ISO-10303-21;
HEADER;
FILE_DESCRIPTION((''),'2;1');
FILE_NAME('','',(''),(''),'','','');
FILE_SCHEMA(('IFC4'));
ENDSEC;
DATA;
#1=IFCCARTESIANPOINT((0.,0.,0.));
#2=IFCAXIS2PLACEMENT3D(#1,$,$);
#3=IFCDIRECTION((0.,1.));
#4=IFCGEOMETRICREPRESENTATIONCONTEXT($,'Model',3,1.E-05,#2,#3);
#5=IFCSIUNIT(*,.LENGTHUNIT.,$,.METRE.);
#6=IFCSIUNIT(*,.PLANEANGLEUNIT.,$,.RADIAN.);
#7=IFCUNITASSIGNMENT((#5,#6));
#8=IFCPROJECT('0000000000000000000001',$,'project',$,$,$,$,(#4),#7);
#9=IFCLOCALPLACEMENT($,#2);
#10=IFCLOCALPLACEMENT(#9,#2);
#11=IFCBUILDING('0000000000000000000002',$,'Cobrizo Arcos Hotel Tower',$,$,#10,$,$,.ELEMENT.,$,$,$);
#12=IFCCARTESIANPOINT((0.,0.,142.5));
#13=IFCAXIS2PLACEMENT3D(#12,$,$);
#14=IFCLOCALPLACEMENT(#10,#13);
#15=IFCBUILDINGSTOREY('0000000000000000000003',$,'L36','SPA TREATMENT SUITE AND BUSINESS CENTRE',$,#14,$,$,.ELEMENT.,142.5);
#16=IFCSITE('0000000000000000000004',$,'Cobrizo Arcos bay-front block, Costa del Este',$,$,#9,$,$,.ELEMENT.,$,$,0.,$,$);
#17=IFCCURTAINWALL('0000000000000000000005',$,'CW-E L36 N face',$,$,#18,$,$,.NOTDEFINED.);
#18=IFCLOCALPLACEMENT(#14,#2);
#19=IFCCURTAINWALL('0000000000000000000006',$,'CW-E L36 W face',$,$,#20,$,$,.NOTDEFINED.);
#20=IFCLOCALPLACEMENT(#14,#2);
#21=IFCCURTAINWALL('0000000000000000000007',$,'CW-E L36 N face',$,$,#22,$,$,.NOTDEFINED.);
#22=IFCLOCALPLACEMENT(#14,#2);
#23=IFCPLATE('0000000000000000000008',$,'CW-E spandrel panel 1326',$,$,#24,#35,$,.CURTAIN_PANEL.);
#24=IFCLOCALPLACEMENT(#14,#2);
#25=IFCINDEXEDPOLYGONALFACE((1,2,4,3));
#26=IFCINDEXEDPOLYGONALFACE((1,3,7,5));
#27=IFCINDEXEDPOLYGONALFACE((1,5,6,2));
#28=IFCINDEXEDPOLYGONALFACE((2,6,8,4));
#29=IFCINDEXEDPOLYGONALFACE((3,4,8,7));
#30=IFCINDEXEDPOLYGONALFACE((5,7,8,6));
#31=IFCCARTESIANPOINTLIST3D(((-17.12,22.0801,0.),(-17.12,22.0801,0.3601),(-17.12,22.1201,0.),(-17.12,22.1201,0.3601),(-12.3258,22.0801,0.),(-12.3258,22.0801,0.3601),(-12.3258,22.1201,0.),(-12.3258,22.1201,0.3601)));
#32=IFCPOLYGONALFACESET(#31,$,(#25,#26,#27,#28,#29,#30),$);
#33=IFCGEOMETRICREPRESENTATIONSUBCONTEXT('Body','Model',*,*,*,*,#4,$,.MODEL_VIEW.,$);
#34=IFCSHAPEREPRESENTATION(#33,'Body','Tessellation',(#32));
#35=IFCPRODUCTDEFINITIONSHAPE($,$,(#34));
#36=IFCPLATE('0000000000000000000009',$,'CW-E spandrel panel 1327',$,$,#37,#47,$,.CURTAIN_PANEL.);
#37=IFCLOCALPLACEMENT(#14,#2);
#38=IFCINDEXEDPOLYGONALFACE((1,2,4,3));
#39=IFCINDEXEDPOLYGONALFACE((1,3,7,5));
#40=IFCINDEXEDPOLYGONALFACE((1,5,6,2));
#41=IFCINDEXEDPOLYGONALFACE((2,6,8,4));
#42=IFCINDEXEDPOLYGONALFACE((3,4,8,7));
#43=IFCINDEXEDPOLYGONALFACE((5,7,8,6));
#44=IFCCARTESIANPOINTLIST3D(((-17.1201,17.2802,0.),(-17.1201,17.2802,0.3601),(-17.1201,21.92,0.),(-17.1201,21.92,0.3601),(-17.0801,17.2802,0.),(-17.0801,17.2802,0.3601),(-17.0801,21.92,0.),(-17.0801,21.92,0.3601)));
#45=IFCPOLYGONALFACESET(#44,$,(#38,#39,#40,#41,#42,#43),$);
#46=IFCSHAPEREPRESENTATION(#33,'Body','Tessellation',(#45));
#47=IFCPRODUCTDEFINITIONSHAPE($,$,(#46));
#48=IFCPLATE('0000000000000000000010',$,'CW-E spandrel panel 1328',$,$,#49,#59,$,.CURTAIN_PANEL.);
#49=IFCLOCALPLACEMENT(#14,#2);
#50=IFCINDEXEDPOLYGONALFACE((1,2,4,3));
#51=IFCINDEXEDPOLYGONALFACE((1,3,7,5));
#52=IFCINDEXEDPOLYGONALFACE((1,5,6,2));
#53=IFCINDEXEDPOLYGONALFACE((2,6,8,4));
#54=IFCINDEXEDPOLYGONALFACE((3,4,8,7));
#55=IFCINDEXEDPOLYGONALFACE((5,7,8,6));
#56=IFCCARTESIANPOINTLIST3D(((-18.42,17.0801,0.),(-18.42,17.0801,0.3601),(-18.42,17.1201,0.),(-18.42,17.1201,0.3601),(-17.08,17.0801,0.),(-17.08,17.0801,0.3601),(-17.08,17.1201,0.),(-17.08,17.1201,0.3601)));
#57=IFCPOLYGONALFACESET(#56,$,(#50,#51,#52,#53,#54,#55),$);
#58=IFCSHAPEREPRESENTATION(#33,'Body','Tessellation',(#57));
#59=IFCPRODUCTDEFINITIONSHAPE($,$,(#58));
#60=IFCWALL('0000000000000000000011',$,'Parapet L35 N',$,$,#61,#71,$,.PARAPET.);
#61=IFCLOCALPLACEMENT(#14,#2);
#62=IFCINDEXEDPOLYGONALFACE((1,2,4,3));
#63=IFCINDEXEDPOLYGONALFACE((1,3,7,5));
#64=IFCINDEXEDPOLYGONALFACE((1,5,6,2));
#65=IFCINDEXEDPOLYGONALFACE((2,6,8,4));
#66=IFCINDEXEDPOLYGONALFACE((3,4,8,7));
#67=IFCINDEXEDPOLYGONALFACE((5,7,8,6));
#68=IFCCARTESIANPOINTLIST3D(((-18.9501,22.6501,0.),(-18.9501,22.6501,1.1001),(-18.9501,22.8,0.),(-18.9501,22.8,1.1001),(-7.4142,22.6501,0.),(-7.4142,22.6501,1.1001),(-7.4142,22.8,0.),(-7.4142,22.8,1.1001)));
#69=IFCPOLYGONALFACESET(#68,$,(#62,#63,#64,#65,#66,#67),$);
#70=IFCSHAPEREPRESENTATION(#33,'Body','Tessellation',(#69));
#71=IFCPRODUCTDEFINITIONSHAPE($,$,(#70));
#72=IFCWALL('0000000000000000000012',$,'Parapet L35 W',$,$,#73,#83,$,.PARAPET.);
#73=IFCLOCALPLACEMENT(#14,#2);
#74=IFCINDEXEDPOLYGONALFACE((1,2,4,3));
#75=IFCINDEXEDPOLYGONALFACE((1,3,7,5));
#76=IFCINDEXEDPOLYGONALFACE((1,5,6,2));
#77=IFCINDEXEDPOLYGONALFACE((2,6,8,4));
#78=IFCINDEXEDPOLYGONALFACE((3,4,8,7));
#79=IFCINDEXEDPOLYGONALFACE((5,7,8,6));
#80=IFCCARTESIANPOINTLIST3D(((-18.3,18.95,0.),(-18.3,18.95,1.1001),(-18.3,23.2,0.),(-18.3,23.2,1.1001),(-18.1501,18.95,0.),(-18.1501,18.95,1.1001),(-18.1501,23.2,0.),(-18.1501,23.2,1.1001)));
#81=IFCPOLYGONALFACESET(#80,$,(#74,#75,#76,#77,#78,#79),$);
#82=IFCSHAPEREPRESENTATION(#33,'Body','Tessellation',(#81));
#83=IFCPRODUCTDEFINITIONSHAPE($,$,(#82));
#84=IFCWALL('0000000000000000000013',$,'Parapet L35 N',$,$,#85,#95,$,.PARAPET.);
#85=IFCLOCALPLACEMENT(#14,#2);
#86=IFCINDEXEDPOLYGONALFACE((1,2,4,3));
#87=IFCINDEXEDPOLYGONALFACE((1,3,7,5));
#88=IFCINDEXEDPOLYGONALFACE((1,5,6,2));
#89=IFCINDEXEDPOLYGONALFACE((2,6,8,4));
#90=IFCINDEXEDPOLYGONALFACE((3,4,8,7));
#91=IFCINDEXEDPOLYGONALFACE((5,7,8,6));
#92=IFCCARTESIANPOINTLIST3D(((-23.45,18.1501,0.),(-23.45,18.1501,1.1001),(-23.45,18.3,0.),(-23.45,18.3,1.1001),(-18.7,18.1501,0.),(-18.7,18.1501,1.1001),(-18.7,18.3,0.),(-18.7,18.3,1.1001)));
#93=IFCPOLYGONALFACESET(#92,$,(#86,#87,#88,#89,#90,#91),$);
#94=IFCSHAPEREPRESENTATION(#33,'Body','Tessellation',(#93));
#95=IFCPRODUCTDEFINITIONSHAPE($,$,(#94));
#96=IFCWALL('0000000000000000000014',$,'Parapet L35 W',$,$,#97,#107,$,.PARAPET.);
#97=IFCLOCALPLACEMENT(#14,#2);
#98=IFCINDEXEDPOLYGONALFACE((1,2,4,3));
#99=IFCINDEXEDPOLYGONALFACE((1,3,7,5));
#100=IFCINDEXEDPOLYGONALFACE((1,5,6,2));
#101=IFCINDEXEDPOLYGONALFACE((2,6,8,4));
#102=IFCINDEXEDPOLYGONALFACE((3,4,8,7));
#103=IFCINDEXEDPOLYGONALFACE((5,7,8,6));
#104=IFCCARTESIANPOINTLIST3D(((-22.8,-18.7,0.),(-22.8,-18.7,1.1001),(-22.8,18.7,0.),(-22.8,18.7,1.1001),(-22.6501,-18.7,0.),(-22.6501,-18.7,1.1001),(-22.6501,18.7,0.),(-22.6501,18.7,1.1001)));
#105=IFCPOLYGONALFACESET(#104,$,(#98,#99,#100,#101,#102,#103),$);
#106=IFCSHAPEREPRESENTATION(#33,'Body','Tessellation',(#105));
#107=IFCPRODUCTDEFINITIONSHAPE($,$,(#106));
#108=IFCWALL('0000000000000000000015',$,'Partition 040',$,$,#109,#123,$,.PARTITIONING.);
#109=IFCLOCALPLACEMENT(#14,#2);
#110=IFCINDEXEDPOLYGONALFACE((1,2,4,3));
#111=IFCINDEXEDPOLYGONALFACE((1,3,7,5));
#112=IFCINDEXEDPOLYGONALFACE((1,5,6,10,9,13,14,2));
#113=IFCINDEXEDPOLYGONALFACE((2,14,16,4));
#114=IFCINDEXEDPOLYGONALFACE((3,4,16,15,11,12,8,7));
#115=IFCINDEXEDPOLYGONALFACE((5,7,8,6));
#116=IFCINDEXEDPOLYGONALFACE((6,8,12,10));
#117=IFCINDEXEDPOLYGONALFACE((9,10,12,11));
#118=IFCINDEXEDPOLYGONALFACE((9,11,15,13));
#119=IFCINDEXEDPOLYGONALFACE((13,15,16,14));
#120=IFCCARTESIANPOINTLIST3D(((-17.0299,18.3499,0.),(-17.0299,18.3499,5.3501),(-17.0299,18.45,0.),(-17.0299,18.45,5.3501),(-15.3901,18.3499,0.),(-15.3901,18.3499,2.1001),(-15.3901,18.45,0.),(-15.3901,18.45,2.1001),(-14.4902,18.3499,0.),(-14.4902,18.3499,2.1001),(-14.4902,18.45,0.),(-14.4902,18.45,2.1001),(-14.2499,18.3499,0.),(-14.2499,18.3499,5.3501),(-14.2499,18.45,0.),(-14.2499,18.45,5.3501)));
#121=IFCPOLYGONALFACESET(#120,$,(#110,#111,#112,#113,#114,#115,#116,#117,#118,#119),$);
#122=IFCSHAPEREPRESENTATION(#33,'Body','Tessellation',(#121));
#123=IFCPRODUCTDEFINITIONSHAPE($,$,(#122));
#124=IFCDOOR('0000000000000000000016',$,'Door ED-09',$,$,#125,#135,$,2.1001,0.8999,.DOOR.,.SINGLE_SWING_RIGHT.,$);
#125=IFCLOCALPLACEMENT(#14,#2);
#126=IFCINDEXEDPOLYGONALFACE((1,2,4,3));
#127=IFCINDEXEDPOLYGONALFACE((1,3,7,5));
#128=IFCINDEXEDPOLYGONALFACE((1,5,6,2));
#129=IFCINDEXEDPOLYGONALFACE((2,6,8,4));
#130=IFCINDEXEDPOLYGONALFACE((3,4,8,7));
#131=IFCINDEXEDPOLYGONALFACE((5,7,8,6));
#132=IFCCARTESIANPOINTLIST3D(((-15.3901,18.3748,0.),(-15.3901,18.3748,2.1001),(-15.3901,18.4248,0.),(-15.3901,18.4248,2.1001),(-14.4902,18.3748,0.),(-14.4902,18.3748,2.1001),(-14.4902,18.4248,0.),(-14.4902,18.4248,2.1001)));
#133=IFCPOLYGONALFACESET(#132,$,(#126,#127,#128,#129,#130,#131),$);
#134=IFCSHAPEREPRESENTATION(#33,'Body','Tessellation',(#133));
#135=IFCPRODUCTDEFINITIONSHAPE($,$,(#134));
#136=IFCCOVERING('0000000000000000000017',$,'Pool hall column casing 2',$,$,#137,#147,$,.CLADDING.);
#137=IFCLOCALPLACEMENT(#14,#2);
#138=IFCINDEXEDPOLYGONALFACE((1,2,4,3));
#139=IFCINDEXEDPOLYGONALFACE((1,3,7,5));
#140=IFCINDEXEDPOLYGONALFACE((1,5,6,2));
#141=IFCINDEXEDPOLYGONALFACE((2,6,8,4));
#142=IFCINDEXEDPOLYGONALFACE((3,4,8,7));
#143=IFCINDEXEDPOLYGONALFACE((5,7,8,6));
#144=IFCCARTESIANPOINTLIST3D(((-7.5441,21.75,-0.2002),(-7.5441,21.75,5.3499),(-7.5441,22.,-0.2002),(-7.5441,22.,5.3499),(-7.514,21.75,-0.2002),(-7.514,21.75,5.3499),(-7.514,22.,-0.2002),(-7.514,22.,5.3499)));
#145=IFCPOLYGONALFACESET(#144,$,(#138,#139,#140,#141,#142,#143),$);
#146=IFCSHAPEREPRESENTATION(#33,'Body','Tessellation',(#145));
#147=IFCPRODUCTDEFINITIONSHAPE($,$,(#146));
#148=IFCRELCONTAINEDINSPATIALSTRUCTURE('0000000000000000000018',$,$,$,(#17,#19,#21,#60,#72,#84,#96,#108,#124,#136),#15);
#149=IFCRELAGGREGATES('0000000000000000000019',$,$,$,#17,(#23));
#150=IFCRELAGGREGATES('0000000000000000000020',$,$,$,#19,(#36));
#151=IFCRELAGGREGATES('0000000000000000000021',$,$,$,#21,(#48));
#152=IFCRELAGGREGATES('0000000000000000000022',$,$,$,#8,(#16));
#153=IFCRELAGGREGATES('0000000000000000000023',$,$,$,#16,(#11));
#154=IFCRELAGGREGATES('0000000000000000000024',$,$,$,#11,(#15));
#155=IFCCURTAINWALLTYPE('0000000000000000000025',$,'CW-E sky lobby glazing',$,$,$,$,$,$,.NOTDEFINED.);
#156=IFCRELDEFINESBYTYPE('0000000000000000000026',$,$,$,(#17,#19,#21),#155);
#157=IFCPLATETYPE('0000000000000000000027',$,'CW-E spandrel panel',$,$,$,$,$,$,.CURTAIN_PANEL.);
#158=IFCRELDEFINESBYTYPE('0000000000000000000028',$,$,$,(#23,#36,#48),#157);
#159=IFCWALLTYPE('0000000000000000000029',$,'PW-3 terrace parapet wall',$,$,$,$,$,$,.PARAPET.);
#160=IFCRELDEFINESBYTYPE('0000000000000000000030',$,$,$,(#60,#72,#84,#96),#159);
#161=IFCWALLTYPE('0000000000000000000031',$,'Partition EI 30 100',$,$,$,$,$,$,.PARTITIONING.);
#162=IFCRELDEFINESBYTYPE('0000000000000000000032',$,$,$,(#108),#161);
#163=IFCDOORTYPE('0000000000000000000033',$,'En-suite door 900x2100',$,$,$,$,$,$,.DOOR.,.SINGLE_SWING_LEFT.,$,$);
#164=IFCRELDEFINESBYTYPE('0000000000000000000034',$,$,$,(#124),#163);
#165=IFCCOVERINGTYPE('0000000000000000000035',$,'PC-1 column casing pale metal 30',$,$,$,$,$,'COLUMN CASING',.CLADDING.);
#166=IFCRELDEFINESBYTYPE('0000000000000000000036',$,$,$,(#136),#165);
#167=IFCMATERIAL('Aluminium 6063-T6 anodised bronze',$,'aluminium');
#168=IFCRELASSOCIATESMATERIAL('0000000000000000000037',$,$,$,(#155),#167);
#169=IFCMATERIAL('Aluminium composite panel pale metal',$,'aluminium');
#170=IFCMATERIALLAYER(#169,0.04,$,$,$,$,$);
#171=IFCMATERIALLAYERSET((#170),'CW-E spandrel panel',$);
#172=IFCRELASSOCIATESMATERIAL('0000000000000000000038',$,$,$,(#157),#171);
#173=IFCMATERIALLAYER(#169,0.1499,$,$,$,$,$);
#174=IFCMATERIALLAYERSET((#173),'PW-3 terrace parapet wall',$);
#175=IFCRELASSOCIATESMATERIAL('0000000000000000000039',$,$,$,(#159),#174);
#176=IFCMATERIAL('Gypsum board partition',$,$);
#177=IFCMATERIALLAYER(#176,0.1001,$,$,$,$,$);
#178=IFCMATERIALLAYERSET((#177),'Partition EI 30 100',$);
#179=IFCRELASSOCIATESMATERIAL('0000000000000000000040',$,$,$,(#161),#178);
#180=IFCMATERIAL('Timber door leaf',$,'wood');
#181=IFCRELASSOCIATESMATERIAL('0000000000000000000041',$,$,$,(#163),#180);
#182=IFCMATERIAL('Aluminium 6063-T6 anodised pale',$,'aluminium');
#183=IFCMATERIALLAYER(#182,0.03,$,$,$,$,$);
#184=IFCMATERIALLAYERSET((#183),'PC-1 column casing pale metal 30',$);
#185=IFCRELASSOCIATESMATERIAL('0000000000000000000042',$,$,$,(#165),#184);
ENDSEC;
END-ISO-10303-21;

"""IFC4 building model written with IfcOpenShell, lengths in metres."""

from ifc_helpers import new_model, si_unit, direction, frame, frame_2d, origin, origin_2d, place, context, subcontext, project, spatial, rectangle, extrude, material, layer, layer_set, type_object, element, fill, aggregate, save


model = new_model("IFC4")

# Units and contexts
model_context = context("Model", 3, precision=1e-05, world=origin(), true_north=direction((0.0, 1.0)))
body_context = subcontext(model_context, "Body", "Model", "MODEL_VIEW")
ifc_project = project(units=[si_unit("LENGTHUNIT", "METRE"), si_unit("PLANEANGLEUNIT", "RADIAN")], contexts=[model_context])

# Site, building, storey
site_placement = place(None, origin())
site = spatial("IfcSite", under=ifc_project, at=site_placement, Name="Cobrizo Arcos bay-front block, Costa del Este", CompositionType="ELEMENT", RefElevation=0.0)
building_placement = place(site_placement, origin())
building = spatial("IfcBuilding", under=site, at=building_placement, Name="Cobrizo Arcos Hotel Tower", CompositionType="ELEMENT")
storey_placement = place(building_placement, frame((0.0, 0.0, 142.5)))
storey = spatial("IfcBuildingStorey", under=building, at=storey_placement, Name="L36", Description="SPA TREATMENT SUITE AND BUSINESS CENTRE", CompositionType="ELEMENT", Elevation=142.5)

# Curtain walls
ifc_material_1 = material(Name="Aluminium 6063-T6 anodised bronze", Category="aluminium")
curtain_wall_type = type_object("IfcCurtainWallType", Name="CW-E sky lobby glazing", PredefinedType="NOTDEFINED", material=ifc_material_1)
curtain_wall_1_placement = place(storey_placement, origin())
curtain_wall_1 = element("IfcCurtainWall", 1, at=curtain_wall_1_placement, inside=storey, type_object=curtain_wall_type, Name="CW-E L36 N face", PredefinedType="NOTDEFINED")
curtain_wall_2_placement = place(storey_placement, origin())
curtain_wall_2 = element("IfcCurtainWall", 2, at=curtain_wall_2_placement, inside=storey, type_object=curtain_wall_type, Name="CW-E L36 W face", PredefinedType="NOTDEFINED")
curtain_wall_3_placement = place(storey_placement, origin())
curtain_wall_3 = element("IfcCurtainWall", 3, at=curtain_wall_3_placement, inside=storey, type_object=curtain_wall_type, Name="CW-E L36 N face", PredefinedType="NOTDEFINED")

# Plates
ifc_material_2 = material(Name="Aluminium composite panel pale metal", Category="aluminium")
ifc_layer_1 = layer(ifc_material_2, 0.04)
ifc_layer_set_1 = layer_set([ifc_layer_1], Name="CW-E spandrel panel")
plate_type_1 = type_object("IfcPlateType", Name="CW-E spandrel panel", PredefinedType="CURTAIN_PANEL", material=ifc_layer_set_1)
plate_1_placement = place(storey_placement, frame((-14.7229, 22.1001, 0.0), z_axis=(0.0, 0.0, 1.0), x_axis=(-1.0, 0.0, 0.0)))
plate_1 = element("IfcPlate", 4, at=plate_1_placement, type_object=plate_type_1, Name="CW-E spandrel panel 1326", PredefinedType="CURTAIN_PANEL", context=body_context, shape_type="SweptSolid", body=[
    extrude(rectangle(XDim=4.7942, YDim=0.04, at=origin_2d()), origin(), (0.0, 0.0, 1.0), 0.3601),
])
aggregate(curtain_wall_1, [plate_1])
plate_2_placement = place(storey_placement, frame((-17.1001, 19.6001, 0.0), z_axis=(0.0, 0.0, 1.0), x_axis=(0.0, -1.0, 0.0)))
plate_2 = element("IfcPlate", 5, at=plate_2_placement, type_object=plate_type_1, Name="CW-E spandrel panel 1327", PredefinedType="CURTAIN_PANEL", context=body_context, shape_type="SweptSolid", body=[
    extrude(rectangle(XDim=4.6399, YDim=0.04, at=origin_2d()), origin(), (0.0, 0.0, 1.0), 0.3601),
])
aggregate(curtain_wall_2, [plate_2])
plate_3_placement = place(storey_placement, frame((-17.75, 17.1001, 0.0), z_axis=(0.0, 0.0, 1.0), x_axis=(-1.0, 0.0, 0.0)))
plate_3 = element("IfcPlate", 6, at=plate_3_placement, type_object=plate_type_1, Name="CW-E spandrel panel 1328", PredefinedType="CURTAIN_PANEL", context=body_context, shape_type="SweptSolid", body=[
    extrude(rectangle(XDim=1.3401, YDim=0.04, at=origin_2d()), origin(), (0.0, 0.0, 1.0), 0.3601),
])
aggregate(curtain_wall_3, [plate_3])

# Walls
ifc_layer_2 = layer(ifc_material_2, 0.1499)
ifc_layer_set_2 = layer_set([ifc_layer_2], Name="PW-3 terrace parapet wall")
wall_type_1 = type_object("IfcWallType", Name="PW-3 terrace parapet wall", PredefinedType="PARAPET", material=ifc_layer_set_2)
wall_1_placement = place(storey_placement, frame((-7.4141, 22.7251, 0.0), z_axis=(0.0, 0.0, 1.0), x_axis=(-1.0, 0.0, 0.0)))
element("IfcWall", 7, at=wall_1_placement, inside=storey, type_object=wall_type_1, Name="Parapet L35 N", PredefinedType="PARAPET", context=body_context, shape_type="SweptSolid", body=[
    extrude(rectangle(XDim=11.5359, YDim=0.1499, at=frame_2d((5.7681, 0.0))), origin(), (0.0, 0.0, 1.0), 1.1001),
])
wall_2_placement = place(storey_placement, frame((-18.2251, 23.2, 0.0), z_axis=(0.0, 0.0, 1.0), x_axis=(0.0, -1.0, 0.0)))
element("IfcWall", 8, at=wall_2_placement, inside=storey, type_object=wall_type_1, Name="Parapet L35 W", PredefinedType="PARAPET", context=body_context, shape_type="SweptSolid", body=[
    extrude(rectangle(XDim=4.25, YDim=0.1499, at=frame_2d((2.125, 0.0))), origin(), (0.0, 0.0, 1.0), 1.1001),
])
wall_3_placement = place(storey_placement, frame((-18.7, 18.2251, 0.0), z_axis=(0.0, 0.0, 1.0), x_axis=(-1.0, 0.0, 0.0)))
element("IfcWall", 9, at=wall_3_placement, inside=storey, type_object=wall_type_1, Name="Parapet L35 N", PredefinedType="PARAPET", context=body_context, shape_type="SweptSolid", body=[
    extrude(rectangle(XDim=4.75, YDim=0.1499, at=frame_2d((2.375, 0.0))), origin(), (0.0, 0.0, 1.0), 1.1001),
])
wall_4_placement = place(storey_placement, frame((-22.7251, 18.7, 0.0), z_axis=(0.0, 0.0, 1.0), x_axis=(0.0, -1.0, 0.0)))
element("IfcWall", 10, at=wall_4_placement, inside=storey, type_object=wall_type_1, Name="Parapet L35 W", PredefinedType="PARAPET", context=body_context, shape_type="SweptSolid", body=[
    extrude(rectangle(XDim=37.3999, YDim=0.1499, at=frame_2d((18.7, 0.0))), origin(), (0.0, 0.0, 1.0), 1.1001),
])

# Wall, opening, door
ifc_material_3 = material(Name="Gypsum board partition")
ifc_layer_3 = layer(ifc_material_3, 0.1001)
ifc_layer_set_3 = layer_set([ifc_layer_3], Name="Partition EI 30 100")
wall_type_2 = type_object("IfcWallType", Name="Partition EI 30 100", PredefinedType="PARTITIONING", material=ifc_layer_set_3)
wall_5_placement = place(storey_placement, frame((-17.03, 18.3999, 0.0), z_axis=(0.0, 0.0, 1.0), x_axis=(1.0, 0.0, 0.0)))
wall_5 = element("IfcWall", 11, at=wall_5_placement, inside=storey, type_object=wall_type_2, Name="Partition 040", PredefinedType="PARTITIONING", context=body_context, shape_type="SweptSolid", body=[
    extrude(rectangle(XDim=2.78, YDim=0.1001, at=frame_2d((1.3901, 0.0))), origin(), (0.0, 0.0, 1.0), 5.3501),
])
opening_placement = place(wall_5_placement, frame((1.6399, 0.0, 0.0)))
opening = element("IfcOpeningElement", 12, at=opening_placement, cuts=wall_5, PredefinedType="OPENING", context=body_context, shape_type="SweptSolid", body=[
    extrude(rectangle(XDim=0.8999, YDim=2.1001, at=frame_2d((0.45, 1.05))), frame((0.0, 0.062, 0.0), z_axis=(0.0, -1.0, 0.0), x_axis=(1.0, 0.0, 0.0)), (0.0, 0.0, 1.0), 0.124),
])
ifc_material_4 = material(Name="Timber door leaf", Category="wood")
door_type = type_object("IfcDoorType", Name="En-suite door 900x2100", OperationType="SINGLE_SWING_LEFT", PredefinedType="DOOR", material=ifc_material_4)
door_placement = place(opening_placement, origin())
door = element("IfcDoor", 13, at=door_placement, inside=storey, type_object=door_type, Name="Door ED-09", OperationType="SINGLE_SWING_RIGHT", OverallHeight=2.1001, OverallWidth=0.8999, PredefinedType="DOOR", context=body_context, shape_type="SweptSolid", body=[
    extrude(rectangle(XDim=0.8999, YDim=2.1001, at=frame_2d((0.45, 1.05))), frame((0.0, 0.0249, 0.0), z_axis=(0.0, -1.0, 0.0), x_axis=(1.0, 0.0, 0.0)), (0.0, 0.0, 1.0), 0.05),
])
fill(opening, door)

# Covering
ifc_material_5 = material(Name="Aluminium 6063-T6 anodised pale", Category="aluminium")
ifc_layer_4 = layer(ifc_material_5, 0.03)
ifc_layer_set_4 = layer_set([ifc_layer_4], Name="PC-1 column casing pale metal 30")
covering_type = type_object("IfcCoveringType", Name="PC-1 column casing pale metal 30", ElementType="COLUMN CASING", PredefinedType="CLADDING", material=ifc_layer_set_4)
covering_placement = place(storey_placement, frame((-7.5291, 21.875, -0.2002), z_axis=(0.0, 0.0, 1.0), x_axis=(1.0, 0.0, 0.0)))
element("IfcCovering", 14, at=covering_placement, inside=storey, type_object=covering_type, Name="Pool hall column casing 2", PredefinedType="CLADDING", context=body_context, shape_type="SweptSolid", body=[
    extrude(rectangle(XDim=0.03, YDim=0.25, at=origin_2d()), origin(), (0.0, 0.0, 1.0), 5.55),
])

save(model, "model.ifc")
